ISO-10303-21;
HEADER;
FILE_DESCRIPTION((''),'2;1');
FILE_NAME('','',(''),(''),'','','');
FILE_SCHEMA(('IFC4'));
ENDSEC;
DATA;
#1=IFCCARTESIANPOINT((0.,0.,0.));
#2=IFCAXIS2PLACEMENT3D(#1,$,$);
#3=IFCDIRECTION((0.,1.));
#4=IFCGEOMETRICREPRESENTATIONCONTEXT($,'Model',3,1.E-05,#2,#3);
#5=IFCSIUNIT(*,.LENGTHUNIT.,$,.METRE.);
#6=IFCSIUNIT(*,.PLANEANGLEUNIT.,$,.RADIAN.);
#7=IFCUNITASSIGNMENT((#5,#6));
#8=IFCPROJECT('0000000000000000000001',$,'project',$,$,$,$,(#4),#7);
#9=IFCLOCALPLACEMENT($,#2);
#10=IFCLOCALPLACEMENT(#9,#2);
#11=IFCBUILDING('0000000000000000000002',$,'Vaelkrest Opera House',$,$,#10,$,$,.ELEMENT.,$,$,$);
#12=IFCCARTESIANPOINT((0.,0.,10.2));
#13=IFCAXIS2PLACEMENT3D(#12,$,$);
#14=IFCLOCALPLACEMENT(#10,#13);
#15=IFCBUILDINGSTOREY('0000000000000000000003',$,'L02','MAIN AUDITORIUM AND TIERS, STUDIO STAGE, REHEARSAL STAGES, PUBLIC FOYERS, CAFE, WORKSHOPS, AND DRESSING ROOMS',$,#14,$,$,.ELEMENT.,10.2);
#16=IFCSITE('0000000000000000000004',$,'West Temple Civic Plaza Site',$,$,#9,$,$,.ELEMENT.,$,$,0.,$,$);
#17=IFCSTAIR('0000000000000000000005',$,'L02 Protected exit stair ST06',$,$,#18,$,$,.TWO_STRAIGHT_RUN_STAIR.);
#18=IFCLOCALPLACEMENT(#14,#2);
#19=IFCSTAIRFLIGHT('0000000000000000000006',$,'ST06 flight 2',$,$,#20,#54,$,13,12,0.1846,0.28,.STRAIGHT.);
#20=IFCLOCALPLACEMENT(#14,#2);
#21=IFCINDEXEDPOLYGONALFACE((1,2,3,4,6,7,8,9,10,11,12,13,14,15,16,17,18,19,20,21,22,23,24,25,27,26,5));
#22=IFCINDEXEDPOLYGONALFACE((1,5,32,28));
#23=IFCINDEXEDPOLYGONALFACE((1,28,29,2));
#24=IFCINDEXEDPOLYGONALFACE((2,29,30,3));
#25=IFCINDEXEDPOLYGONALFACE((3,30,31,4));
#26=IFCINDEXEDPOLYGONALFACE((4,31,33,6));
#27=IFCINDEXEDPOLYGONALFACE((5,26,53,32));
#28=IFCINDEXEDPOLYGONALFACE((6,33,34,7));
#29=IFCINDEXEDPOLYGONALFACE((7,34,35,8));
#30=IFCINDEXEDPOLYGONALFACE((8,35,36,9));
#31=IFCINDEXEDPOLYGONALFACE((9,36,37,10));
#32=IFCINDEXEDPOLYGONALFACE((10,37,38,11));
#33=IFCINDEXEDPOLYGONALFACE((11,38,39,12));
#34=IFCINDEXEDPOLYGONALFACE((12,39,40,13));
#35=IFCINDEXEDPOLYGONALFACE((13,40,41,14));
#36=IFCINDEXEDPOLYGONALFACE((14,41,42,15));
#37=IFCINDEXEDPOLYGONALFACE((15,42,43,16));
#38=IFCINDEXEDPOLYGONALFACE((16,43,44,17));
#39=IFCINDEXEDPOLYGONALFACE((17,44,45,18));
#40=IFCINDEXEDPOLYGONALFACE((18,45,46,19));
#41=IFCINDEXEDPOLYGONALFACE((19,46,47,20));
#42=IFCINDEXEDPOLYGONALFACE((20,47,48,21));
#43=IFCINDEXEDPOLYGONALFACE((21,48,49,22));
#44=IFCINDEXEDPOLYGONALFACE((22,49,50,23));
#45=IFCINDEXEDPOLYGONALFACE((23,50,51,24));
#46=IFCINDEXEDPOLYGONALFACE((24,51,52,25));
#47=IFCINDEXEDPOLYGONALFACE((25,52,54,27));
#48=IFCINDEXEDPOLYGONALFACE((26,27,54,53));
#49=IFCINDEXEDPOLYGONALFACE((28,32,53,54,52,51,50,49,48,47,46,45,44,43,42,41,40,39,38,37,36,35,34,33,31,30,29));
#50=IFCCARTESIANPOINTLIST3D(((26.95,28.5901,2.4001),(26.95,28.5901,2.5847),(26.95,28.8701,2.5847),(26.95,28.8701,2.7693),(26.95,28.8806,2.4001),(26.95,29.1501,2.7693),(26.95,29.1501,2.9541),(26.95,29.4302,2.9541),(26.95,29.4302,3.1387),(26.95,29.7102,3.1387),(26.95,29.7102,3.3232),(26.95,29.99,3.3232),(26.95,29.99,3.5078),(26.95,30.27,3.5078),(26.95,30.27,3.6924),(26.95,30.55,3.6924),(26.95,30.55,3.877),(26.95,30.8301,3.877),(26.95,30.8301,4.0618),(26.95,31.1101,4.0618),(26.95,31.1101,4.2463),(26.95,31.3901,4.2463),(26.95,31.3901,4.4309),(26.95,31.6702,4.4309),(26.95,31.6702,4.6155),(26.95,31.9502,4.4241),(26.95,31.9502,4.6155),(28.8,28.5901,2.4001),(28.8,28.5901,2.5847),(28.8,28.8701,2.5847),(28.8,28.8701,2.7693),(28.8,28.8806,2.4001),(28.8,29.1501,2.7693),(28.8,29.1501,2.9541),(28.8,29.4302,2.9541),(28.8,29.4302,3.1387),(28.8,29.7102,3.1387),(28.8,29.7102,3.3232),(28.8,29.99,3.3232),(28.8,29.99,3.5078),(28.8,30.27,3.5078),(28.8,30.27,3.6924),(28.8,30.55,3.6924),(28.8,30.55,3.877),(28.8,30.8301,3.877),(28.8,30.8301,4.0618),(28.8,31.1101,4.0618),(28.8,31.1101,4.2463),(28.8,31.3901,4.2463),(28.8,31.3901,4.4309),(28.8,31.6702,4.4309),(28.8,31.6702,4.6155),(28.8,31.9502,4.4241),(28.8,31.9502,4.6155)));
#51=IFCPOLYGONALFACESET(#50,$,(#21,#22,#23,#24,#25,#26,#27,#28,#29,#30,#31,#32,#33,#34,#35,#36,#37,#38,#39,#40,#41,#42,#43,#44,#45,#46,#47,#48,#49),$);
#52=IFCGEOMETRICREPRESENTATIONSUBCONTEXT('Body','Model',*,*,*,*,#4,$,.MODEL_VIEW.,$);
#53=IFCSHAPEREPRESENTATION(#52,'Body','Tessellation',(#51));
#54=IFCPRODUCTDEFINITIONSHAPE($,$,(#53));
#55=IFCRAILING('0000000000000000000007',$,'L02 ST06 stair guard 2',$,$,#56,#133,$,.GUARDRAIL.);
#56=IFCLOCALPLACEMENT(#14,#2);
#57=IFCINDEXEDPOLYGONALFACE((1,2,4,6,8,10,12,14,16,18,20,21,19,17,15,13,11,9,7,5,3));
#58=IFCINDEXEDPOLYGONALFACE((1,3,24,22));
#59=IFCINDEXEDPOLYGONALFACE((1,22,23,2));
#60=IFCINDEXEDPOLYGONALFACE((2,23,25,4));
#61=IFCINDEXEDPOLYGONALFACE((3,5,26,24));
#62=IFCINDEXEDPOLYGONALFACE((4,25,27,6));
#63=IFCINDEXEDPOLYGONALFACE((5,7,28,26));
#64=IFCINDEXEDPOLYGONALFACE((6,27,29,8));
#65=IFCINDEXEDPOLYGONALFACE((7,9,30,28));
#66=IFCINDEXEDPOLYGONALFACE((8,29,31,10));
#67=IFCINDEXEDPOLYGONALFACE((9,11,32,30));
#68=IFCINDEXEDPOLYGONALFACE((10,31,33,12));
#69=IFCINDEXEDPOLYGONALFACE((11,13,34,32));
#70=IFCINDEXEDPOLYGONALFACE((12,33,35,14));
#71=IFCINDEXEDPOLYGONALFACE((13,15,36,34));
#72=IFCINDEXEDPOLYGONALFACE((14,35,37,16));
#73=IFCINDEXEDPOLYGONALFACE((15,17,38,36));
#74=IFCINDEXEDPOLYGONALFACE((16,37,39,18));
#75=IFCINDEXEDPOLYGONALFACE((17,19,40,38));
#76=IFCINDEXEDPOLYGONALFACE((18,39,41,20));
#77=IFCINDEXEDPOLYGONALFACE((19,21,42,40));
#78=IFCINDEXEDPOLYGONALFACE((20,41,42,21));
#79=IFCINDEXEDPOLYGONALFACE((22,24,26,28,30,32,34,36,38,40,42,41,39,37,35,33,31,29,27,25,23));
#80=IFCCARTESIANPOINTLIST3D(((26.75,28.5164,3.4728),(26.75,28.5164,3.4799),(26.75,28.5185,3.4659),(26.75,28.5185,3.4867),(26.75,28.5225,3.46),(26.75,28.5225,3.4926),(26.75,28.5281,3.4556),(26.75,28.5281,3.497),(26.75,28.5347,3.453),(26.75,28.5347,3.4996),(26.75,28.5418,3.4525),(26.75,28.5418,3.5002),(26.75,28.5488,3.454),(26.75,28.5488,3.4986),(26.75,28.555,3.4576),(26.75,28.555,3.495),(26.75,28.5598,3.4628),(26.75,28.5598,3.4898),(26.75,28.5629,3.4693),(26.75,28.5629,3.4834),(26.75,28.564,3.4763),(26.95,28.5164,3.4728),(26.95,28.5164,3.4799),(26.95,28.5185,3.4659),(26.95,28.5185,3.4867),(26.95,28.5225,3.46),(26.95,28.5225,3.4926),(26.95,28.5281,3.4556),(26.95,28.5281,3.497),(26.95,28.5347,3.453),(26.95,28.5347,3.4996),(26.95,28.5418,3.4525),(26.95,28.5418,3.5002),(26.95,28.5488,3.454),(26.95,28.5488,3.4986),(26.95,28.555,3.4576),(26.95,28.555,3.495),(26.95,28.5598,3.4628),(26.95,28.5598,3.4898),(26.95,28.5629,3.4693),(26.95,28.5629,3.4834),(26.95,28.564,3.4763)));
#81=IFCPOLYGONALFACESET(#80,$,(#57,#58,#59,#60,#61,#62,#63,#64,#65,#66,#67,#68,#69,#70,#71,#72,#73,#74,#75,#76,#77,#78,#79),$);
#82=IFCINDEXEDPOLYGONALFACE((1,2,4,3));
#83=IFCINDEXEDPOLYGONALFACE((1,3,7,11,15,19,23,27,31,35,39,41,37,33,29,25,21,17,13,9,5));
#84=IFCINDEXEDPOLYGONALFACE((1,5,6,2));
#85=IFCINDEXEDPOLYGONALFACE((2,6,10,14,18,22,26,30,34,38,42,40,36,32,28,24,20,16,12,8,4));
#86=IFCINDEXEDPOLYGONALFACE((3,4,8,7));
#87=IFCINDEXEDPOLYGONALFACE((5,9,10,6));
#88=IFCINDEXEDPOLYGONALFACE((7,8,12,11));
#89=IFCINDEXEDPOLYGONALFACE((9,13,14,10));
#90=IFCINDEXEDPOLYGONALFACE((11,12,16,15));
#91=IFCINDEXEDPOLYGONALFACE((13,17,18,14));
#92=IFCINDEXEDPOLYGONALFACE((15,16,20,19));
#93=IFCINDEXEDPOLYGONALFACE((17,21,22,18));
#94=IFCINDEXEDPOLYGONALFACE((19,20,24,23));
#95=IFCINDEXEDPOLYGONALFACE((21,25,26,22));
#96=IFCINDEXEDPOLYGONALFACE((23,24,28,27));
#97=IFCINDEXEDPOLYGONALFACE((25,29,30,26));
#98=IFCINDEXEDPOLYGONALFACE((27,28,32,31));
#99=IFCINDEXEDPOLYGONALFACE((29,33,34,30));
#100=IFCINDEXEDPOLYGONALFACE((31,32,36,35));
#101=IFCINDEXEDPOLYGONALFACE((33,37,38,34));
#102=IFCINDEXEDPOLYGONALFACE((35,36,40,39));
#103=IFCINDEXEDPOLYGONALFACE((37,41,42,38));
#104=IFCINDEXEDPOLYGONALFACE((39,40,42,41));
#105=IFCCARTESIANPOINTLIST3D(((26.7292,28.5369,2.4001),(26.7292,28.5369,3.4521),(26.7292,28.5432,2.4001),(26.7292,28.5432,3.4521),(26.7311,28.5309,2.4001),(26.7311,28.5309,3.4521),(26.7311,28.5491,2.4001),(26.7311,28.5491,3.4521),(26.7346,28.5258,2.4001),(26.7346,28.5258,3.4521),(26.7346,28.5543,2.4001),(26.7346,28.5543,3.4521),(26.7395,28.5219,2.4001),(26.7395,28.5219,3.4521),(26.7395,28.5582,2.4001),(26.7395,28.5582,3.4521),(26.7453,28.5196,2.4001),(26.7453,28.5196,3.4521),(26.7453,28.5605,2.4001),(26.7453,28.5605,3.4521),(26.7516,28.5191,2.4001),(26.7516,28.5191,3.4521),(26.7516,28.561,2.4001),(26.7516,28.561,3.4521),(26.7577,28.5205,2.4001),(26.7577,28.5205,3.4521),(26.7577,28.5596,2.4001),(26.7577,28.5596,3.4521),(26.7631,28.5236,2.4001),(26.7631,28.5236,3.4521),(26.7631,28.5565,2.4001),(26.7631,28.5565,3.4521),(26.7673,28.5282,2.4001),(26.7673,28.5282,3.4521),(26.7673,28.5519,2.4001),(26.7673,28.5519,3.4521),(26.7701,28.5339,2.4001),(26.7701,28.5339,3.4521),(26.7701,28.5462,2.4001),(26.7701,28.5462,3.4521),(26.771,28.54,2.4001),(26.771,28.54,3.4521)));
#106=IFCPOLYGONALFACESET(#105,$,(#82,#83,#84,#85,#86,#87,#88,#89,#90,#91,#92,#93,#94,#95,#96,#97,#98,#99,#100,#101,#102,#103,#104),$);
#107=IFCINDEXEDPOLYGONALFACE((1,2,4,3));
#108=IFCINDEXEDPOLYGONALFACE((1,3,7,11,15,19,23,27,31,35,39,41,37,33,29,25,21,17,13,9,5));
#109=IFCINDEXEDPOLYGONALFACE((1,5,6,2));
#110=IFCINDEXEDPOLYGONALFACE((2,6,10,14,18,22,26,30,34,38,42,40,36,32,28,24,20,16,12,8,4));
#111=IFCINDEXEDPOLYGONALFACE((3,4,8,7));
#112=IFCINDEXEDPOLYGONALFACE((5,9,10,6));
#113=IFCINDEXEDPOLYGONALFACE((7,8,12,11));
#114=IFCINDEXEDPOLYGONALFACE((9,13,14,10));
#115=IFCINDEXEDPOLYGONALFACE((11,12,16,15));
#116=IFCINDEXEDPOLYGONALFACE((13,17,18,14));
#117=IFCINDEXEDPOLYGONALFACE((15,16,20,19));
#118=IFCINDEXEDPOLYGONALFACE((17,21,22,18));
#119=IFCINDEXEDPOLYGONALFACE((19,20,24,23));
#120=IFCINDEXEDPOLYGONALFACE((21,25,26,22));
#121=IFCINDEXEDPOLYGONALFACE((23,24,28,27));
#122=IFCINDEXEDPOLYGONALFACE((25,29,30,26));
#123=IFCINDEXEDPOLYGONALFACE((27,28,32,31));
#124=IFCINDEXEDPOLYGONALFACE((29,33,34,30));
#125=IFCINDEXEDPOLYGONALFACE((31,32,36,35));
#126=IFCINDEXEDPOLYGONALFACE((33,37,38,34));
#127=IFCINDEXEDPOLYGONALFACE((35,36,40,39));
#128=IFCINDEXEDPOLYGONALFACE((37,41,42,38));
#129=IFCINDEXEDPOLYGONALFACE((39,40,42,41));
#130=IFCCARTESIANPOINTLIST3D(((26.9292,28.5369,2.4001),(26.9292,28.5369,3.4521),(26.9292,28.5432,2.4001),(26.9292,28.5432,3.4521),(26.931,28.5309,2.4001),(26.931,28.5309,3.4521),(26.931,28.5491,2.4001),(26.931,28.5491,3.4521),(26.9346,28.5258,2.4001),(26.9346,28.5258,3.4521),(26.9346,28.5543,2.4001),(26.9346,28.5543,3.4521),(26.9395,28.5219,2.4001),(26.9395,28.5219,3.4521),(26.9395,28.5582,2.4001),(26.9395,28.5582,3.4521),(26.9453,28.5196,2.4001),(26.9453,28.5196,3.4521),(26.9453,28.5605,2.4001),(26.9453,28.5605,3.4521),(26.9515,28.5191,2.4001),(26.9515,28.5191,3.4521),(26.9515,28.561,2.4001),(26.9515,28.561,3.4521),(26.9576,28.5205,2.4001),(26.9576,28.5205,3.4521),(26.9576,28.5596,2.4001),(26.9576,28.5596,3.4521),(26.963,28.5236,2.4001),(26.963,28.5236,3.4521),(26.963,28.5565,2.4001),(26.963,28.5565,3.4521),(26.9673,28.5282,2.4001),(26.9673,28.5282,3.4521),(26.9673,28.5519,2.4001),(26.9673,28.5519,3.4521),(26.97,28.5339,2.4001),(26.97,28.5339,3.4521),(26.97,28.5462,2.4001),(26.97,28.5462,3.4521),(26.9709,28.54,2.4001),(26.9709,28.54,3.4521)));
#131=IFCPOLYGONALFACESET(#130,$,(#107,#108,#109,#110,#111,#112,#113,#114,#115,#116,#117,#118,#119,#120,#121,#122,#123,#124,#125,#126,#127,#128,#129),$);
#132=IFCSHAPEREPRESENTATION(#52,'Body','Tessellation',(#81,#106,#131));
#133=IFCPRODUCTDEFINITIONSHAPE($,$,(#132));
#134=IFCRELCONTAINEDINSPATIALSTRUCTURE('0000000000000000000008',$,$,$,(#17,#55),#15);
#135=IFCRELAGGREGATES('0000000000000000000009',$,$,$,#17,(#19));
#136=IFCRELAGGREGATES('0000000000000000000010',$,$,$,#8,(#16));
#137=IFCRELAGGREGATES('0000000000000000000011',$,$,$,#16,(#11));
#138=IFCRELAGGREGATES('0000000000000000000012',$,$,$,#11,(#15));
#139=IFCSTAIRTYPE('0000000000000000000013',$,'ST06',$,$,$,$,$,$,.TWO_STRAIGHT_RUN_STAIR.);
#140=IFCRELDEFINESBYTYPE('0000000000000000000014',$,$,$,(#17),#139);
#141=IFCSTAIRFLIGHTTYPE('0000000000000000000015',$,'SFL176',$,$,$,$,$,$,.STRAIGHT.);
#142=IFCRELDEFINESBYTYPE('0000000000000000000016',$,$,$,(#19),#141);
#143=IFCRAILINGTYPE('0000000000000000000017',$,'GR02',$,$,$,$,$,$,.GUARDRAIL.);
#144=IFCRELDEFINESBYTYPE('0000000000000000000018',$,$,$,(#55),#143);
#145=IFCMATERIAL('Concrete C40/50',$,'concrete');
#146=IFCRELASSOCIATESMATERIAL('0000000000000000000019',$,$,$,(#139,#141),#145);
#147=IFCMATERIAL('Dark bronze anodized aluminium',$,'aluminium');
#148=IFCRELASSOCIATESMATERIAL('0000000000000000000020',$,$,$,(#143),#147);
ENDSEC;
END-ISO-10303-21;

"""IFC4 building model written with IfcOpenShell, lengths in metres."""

from ifc_helpers import new_model, si_unit, direction, frame, origin, origin_2d, place, context, subcontext, project, spatial, polyline, circle, outline, extrude, material, type_object, element, aggregate, save


model = new_model("IFC4")

# Units and contexts
model_context = context("Model", 3, precision=1e-05, world=origin(), true_north=direction((0.0, 1.0)))
body_context = subcontext(model_context, "Body", "Model", "MODEL_VIEW")
ifc_project = project(units=[si_unit("LENGTHUNIT", "METRE"), si_unit("PLANEANGLEUNIT", "RADIAN")], contexts=[model_context])

# Site, building, storey
site_placement = place(None, origin())
site = spatial("IfcSite", under=ifc_project, at=site_placement, Name="West Temple Civic Plaza Site", CompositionType="ELEMENT", RefElevation=0.0)
building_placement = place(site_placement, origin())
building = spatial("IfcBuilding", under=site, at=building_placement, Name="Vaelkrest Opera House", CompositionType="ELEMENT")
storey_placement = place(building_placement, frame((0.0, 0.0, 10.2)))
storey = spatial("IfcBuildingStorey", under=building, at=storey_placement, Name="L02", Description="MAIN AUDITORIUM AND TIERS, STUDIO STAGE, REHEARSAL STAGES, PUBLIC FOYERS, CAFE, WORKSHOPS, AND DRESSING ROOMS", CompositionType="ELEMENT", Elevation=10.2)

# Stair, stair flight
ifc_material_1 = material(Name="Concrete C40/50", Category="concrete")
stair_type = type_object("IfcStairType", Name="ST06", PredefinedType="TWO_STRAIGHT_RUN_STAIR", material=ifc_material_1)
stair_placement = place(storey_placement, origin())
stair = element("IfcStair", 1, at=stair_placement, inside=storey, type_object=stair_type, Name="L02 Protected exit stair ST06", PredefinedType="TWO_STRAIGHT_RUN_STAIR")
stair_flight_type = type_object("IfcStairFlightType", Name="SFL176", PredefinedType="STRAIGHT", material=ifc_material_1)
stair_flight_placement = place(storey_placement, frame((27.875, 28.5901, 2.4001), z_axis=(0.0, 0.0, 1.0), x_axis=(0.0, 1.0, 0.0)))
stair_flight = element("IfcStairFlight", 2, at=stair_flight_placement, type_object=stair_flight_type, Name="ST06 flight 2", NumberOfRisers=13, NumberOfTreads=12, PredefinedType="STRAIGHT", RiserHeight=0.1846, TreadLength=0.28, context=body_context, shape_type="SweptSolid", body=[
    extrude(outline(polyline([(0.0, 0.0), (0.0, 0.1846), (0.28, 0.1846), (0.28, 0.3691), (0.5601, 0.3691), (0.5601, 0.554), (0.8401, 0.554), (0.8401, 0.7385), (1.1201, 0.7385), (1.1201, 0.9231), (1.3999, 0.9231), (1.3999, 1.1077), (1.6799, 1.1077), (1.6799, 1.2922), (1.96, 1.2922), (1.96, 1.4768), (2.24, 1.4768), (2.24, 1.6616), (2.52, 1.6616), (2.52, 1.8462), (2.8, 1.8462), (2.8, 2.0308), (3.0801, 2.0308), (3.0801, 2.2153), (3.3601, 2.2153), (3.3601, 2.3999), (3.3601, 2.0239), (0.2905, 0.0), (0.0, 0.0)])), frame((0.0, 0.925, 0.0), z_axis=(0.0, -1.0, 0.0), x_axis=(1.0, 0.0, 0.0)), (0.0, 0.0, 1.0), 1.8501),
])
aggregate(stair, [stair_flight])

# Railing
ifc_material_2 = material(Name="Dark bronze anodized aluminium", Category="aluminium")
railing_type_1 = type_object("IfcRailingType", Name="GR02", PredefinedType="GUARDRAIL", material=ifc_material_2)
railing_1_placement = place(storey_placement, frame((26.75, 28.54, 2.4001)))
element("IfcRailing", 3, at=railing_1_placement, inside=storey, type_object=railing_type_1, Name="L02 ST06 stair guard 2", PredefinedType="GUARDRAIL", context=body_context, shape_type="SweptSolid", body=[
    extrude(circle(Radius=0.0239, at=origin_2d()), frame((0.0, 0.0, 1.0762), z_axis=(1.0, 0.0, 0.0), x_axis=(0.0, 1.0, 0.0)), (0.0, 0.0, 1.0), 0.2),
    extrude(circle(Radius=0.021, at=origin_2d()), origin(), (0.0, 0.0, 1.0), 1.052),
    extrude(circle(Radius=0.021, at=origin_2d()), frame((0.2, 0.0, 0.0)), (0.0, 0.0, 1.0), 1.052),
])

save(model, "model.ifc")
